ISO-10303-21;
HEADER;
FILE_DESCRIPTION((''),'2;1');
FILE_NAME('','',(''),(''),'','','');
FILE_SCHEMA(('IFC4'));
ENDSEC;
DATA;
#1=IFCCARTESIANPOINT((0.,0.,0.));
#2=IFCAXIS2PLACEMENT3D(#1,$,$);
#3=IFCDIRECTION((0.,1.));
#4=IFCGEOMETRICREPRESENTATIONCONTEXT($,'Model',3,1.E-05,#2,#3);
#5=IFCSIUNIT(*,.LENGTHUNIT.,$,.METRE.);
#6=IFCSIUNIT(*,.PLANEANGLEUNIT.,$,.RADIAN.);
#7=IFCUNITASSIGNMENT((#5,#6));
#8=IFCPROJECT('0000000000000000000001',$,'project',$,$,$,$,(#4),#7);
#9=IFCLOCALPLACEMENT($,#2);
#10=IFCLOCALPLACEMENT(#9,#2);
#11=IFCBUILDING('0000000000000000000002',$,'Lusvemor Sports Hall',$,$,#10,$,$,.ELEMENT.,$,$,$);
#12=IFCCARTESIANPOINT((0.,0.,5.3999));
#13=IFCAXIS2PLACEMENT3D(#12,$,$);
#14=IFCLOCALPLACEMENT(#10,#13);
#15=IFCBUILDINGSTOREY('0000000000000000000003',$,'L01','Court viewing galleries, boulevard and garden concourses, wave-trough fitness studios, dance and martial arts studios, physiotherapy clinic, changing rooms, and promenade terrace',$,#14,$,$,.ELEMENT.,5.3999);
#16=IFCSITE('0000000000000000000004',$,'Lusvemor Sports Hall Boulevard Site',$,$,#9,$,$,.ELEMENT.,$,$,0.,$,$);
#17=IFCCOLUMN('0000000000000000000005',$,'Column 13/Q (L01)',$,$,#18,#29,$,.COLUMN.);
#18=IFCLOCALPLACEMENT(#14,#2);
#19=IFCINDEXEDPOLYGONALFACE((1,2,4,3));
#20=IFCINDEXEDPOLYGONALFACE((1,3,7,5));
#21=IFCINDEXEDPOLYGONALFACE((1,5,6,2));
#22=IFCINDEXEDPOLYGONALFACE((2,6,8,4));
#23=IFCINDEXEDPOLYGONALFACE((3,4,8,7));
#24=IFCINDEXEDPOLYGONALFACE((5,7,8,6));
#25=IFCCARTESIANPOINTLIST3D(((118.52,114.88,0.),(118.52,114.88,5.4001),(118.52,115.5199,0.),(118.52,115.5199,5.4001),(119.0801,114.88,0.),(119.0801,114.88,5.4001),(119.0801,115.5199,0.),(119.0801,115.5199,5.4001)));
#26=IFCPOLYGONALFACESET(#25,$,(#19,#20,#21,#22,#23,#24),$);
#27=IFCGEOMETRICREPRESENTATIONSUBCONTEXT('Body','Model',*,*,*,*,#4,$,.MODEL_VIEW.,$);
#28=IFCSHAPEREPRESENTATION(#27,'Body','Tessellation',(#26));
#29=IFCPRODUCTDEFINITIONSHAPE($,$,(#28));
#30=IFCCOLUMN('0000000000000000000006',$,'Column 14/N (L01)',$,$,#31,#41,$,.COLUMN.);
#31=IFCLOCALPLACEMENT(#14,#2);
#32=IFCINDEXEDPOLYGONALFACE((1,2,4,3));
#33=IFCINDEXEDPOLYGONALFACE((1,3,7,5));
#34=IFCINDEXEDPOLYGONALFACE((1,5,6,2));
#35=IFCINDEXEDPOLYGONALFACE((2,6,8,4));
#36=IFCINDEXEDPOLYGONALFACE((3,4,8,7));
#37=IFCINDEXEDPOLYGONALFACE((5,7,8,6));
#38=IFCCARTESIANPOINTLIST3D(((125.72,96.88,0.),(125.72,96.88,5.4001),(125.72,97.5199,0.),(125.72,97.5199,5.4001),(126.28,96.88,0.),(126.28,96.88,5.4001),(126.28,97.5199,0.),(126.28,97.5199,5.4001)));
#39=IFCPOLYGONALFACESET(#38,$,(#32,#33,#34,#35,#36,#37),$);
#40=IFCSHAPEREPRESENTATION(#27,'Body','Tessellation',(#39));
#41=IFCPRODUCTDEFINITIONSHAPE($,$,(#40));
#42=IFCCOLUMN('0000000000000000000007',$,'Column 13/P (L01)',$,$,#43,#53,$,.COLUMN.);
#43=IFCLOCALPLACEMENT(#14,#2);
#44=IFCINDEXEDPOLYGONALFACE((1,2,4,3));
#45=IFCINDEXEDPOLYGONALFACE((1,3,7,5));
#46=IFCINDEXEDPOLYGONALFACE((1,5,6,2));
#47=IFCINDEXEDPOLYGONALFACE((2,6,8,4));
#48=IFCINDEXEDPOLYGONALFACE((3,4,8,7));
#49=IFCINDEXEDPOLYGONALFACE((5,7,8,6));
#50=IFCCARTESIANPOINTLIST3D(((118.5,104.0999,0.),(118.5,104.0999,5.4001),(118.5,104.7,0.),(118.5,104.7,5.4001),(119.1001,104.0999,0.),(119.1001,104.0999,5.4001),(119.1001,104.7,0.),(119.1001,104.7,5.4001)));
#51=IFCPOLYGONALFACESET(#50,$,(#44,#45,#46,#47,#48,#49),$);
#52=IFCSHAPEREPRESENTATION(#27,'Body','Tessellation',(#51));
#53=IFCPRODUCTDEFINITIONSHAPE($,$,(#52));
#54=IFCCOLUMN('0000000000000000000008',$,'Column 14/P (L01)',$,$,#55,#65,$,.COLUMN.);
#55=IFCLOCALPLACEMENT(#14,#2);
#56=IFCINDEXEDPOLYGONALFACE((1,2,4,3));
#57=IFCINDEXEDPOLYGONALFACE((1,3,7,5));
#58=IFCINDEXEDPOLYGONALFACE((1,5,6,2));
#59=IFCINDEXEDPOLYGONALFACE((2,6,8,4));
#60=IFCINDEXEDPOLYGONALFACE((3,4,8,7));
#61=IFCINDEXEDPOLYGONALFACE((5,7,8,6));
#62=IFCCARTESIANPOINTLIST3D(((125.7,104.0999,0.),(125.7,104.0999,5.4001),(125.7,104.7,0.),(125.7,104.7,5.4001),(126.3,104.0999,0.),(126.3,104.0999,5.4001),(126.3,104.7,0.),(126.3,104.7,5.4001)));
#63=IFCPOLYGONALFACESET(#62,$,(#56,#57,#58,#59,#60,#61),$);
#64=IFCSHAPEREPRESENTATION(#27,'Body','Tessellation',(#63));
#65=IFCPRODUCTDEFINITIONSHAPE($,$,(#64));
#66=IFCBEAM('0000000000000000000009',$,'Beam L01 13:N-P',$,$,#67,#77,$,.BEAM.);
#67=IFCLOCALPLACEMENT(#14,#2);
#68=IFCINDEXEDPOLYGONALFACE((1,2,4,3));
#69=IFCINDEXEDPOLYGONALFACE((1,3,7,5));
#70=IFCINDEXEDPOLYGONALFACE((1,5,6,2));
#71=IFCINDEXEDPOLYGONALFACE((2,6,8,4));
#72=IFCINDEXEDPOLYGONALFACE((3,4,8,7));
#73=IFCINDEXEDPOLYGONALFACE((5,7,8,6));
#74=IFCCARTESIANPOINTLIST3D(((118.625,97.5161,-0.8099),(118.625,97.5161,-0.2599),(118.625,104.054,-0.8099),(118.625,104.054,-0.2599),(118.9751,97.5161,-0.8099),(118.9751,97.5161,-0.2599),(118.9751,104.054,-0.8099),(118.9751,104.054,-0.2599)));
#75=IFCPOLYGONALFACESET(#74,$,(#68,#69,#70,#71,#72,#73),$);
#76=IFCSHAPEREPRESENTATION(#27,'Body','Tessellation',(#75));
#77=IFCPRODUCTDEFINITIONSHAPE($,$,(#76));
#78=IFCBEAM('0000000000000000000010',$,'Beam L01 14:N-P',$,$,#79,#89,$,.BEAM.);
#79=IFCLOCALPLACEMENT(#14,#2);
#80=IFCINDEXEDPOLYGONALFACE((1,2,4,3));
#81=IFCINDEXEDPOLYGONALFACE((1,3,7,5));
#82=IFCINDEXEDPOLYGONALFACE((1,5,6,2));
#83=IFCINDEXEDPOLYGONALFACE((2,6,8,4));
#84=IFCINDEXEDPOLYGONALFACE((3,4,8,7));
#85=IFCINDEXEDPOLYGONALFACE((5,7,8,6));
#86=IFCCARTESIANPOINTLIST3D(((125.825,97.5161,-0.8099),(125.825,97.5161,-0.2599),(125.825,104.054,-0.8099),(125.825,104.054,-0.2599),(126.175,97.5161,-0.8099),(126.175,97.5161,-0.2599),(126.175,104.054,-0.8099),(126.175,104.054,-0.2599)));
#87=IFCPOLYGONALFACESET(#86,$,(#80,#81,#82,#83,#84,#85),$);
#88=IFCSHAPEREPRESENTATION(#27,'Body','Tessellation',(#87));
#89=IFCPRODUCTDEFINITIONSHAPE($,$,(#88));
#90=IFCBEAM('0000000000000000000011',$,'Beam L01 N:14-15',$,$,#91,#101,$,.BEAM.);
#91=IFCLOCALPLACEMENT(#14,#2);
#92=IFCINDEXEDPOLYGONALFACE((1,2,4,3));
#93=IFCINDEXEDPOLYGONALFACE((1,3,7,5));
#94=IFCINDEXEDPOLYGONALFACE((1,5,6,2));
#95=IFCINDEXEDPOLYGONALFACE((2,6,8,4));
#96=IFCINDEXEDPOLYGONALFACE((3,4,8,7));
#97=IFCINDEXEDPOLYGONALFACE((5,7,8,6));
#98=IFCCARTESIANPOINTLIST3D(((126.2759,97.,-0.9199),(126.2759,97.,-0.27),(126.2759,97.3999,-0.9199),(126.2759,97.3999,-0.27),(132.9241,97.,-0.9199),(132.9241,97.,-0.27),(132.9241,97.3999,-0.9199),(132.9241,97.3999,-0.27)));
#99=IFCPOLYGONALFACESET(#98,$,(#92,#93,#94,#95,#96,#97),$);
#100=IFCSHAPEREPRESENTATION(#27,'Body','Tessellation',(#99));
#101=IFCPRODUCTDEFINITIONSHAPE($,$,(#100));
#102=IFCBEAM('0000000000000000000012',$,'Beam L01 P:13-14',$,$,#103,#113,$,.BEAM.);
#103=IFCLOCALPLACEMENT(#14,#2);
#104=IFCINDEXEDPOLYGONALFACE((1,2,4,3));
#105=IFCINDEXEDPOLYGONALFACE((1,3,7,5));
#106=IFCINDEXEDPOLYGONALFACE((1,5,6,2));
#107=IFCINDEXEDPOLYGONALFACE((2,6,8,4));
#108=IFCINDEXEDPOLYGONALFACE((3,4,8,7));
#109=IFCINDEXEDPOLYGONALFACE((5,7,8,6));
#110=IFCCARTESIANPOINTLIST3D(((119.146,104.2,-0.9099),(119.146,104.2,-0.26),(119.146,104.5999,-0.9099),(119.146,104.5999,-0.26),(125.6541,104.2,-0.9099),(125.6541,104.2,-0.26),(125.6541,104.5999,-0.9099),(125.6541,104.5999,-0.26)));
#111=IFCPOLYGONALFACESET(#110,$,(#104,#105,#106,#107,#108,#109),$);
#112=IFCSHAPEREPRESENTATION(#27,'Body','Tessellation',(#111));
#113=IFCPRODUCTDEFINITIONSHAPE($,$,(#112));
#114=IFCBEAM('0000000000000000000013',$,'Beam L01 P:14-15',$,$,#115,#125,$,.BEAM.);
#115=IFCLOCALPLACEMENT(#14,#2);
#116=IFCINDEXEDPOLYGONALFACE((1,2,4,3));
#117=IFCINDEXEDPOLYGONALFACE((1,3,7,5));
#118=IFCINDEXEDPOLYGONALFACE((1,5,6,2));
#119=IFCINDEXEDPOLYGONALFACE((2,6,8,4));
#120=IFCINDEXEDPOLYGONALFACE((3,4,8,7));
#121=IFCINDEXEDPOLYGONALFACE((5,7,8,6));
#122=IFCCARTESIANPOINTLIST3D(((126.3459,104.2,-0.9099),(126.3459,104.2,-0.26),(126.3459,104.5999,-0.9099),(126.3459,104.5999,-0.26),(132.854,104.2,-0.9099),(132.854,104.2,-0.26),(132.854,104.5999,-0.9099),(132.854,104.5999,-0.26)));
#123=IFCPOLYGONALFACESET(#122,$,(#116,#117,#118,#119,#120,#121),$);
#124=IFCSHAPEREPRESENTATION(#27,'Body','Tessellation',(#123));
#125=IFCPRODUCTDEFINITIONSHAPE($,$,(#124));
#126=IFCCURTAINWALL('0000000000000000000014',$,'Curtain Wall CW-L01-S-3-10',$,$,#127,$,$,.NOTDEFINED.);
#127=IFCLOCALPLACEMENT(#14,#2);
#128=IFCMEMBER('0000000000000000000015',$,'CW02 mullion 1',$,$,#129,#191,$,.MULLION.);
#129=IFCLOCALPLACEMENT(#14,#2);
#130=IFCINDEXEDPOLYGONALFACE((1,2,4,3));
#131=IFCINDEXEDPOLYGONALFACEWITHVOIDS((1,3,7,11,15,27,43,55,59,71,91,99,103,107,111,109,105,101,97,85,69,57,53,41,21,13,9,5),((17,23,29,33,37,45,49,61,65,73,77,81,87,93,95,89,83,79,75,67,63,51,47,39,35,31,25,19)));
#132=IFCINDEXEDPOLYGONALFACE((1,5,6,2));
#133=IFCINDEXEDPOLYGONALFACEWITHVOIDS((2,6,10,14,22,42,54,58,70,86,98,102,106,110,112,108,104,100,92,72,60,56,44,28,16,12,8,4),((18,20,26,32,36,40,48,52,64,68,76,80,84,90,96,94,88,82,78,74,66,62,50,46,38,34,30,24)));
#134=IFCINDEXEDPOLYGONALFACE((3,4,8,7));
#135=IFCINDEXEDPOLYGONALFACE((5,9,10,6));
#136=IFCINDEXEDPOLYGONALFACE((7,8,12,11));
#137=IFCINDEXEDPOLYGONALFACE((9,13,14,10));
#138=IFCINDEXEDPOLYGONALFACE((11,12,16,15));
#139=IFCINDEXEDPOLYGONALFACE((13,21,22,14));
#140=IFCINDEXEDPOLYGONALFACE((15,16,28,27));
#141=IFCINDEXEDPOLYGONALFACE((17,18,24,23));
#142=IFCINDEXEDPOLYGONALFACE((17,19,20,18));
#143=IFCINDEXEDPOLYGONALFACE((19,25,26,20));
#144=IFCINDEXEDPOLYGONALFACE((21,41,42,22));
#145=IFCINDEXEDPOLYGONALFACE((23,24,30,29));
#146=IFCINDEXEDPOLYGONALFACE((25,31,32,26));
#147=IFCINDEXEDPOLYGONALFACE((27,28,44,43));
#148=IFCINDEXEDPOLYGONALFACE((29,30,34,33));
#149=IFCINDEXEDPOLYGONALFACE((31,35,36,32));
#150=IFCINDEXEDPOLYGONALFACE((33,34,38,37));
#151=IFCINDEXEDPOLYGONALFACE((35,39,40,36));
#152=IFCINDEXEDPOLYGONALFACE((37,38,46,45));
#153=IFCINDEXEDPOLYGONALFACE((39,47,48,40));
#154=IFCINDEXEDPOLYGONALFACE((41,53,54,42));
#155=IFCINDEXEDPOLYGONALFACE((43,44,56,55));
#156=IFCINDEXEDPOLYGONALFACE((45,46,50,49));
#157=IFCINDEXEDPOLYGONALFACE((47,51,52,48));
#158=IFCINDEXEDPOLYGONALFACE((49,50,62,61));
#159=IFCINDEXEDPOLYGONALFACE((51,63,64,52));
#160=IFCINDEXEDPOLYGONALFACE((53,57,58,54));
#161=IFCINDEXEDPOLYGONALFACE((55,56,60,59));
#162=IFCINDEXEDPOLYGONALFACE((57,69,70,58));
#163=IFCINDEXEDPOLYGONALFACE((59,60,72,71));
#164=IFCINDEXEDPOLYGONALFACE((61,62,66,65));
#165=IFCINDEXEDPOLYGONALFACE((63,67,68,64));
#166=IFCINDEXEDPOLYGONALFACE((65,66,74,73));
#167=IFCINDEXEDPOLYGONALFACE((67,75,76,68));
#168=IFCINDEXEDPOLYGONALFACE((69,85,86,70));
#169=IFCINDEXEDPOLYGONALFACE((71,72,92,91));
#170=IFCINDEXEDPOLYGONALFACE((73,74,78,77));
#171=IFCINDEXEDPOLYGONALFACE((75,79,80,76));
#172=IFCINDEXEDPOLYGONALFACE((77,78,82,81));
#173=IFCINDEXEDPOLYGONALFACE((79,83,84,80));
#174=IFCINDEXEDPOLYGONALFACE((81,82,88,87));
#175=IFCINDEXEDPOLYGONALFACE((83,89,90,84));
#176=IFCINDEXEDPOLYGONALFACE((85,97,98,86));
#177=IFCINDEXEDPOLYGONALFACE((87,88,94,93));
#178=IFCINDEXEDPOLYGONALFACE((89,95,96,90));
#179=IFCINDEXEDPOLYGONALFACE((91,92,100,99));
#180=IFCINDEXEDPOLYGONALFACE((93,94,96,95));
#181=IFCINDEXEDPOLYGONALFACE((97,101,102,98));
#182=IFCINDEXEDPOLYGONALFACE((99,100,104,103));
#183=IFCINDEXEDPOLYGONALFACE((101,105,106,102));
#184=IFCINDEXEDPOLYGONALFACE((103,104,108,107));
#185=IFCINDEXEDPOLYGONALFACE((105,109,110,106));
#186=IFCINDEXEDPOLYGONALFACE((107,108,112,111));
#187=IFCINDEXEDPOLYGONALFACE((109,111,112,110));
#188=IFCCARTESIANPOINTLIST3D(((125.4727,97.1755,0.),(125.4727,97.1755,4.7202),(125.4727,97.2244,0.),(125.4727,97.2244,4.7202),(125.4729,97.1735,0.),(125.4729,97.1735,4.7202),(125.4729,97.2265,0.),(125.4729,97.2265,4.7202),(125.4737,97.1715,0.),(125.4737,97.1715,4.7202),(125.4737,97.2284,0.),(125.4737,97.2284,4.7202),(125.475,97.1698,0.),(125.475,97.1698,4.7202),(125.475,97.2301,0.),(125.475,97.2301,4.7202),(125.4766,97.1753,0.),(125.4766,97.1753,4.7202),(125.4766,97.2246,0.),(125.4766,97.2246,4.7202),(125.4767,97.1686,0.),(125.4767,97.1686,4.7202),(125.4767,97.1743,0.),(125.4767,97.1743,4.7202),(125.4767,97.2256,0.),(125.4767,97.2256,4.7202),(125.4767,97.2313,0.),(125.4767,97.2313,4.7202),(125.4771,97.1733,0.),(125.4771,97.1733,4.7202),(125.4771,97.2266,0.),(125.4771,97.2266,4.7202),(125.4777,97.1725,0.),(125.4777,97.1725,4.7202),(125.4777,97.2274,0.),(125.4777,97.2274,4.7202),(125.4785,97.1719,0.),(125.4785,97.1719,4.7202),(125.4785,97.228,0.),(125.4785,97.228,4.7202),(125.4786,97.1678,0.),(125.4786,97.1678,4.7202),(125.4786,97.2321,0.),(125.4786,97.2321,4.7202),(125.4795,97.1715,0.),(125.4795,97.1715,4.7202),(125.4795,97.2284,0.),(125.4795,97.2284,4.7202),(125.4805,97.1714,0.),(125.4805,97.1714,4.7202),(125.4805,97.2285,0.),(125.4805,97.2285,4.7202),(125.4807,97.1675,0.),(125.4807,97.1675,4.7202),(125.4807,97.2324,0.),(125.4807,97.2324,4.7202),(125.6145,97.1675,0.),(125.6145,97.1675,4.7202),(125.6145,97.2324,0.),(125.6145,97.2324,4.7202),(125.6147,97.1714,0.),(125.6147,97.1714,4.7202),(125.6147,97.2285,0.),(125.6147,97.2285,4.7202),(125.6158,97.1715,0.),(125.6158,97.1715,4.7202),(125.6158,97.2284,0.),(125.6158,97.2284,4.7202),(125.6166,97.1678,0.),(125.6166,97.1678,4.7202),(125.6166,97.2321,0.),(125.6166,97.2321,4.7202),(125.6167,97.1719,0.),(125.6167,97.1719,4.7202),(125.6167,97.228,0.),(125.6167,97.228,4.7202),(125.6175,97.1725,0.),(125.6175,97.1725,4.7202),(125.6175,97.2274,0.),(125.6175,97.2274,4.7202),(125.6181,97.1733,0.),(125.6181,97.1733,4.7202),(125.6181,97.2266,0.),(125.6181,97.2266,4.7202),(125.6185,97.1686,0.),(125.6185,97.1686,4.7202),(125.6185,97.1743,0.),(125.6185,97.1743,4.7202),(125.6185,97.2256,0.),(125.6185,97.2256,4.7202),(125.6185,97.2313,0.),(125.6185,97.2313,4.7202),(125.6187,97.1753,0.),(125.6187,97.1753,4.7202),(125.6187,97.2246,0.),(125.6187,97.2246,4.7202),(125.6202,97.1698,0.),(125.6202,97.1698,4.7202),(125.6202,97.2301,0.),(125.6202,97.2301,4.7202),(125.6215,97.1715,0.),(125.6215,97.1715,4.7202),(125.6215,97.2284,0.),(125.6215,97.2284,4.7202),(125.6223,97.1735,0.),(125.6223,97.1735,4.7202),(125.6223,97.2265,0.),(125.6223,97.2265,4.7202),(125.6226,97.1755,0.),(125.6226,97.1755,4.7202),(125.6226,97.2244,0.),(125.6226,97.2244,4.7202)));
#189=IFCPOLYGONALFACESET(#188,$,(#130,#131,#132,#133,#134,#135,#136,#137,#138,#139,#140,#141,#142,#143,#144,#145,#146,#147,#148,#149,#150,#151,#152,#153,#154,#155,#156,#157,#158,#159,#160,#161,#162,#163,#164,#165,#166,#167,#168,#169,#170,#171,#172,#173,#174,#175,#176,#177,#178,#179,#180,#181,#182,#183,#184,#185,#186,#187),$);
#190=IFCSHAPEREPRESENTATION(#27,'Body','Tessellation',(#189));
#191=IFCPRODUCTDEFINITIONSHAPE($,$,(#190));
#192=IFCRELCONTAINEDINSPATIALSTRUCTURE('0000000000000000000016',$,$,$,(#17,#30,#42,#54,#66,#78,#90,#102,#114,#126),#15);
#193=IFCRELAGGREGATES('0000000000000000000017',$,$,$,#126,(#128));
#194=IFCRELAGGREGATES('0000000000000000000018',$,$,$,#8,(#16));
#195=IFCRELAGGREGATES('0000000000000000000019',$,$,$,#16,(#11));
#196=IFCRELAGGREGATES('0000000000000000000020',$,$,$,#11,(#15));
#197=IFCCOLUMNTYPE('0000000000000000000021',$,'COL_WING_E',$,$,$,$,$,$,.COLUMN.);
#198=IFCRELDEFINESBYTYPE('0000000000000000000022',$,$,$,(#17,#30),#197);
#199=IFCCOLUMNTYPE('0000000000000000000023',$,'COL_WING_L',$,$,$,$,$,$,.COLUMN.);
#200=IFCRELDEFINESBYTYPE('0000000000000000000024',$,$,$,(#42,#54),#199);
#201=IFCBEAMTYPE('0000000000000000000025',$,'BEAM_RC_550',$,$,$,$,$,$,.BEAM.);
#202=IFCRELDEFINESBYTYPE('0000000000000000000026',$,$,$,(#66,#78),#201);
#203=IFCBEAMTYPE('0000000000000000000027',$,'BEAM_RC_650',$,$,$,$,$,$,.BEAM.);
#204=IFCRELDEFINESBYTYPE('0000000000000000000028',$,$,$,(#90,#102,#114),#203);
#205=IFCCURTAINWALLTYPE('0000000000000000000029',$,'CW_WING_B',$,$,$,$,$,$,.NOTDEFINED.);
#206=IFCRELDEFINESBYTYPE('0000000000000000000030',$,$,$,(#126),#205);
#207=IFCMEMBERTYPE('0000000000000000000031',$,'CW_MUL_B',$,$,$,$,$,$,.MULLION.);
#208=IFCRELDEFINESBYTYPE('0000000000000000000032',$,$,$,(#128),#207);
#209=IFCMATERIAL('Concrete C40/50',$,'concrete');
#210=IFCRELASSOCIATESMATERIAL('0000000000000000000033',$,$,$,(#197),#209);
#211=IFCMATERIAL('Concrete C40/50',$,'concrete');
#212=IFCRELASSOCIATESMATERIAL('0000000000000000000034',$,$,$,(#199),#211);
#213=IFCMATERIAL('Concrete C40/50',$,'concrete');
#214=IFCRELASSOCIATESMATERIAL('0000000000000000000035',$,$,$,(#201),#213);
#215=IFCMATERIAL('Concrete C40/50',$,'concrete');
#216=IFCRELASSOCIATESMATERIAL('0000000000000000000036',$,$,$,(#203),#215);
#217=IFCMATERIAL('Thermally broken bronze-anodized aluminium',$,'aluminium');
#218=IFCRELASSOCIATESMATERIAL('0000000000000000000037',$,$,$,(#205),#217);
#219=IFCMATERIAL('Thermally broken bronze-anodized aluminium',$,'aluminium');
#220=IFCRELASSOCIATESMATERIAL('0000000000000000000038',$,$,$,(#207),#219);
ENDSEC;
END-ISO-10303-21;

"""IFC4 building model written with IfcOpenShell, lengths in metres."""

from ifc_helpers import new_model, si_unit, direction, frame, origin, origin_2d, place, context, subcontext, project, spatial, rectangle, hollow_rectangle, extrude, material, material_profile, profile_set, type_object, element, aggregate, save


model = new_model("IFC4")

# Units and contexts
model_context = context("Model", 3, precision=1e-05, world=origin(), true_north=direction((0.0, 1.0)))
body_context = subcontext(model_context, "Body", "Model", "MODEL_VIEW")
ifc_project = project(units=[si_unit("LENGTHUNIT", "METRE"), si_unit("PLANEANGLEUNIT", "RADIAN")], contexts=[model_context])

# Site, building, storey
site_placement = place(None, origin())
site = spatial("IfcSite", under=ifc_project, at=site_placement, Name="Lusvemor Sports Hall Boulevard Site", CompositionType="ELEMENT", RefElevation=0.0)
building_placement = place(site_placement, origin())
building = spatial("IfcBuilding", under=site, at=building_placement, Name="Lusvemor Sports Hall", CompositionType="ELEMENT")
storey_placement = place(building_placement, frame((0.0, 0.0, 5.3999)))
storey = spatial("IfcBuildingStorey", under=building, at=storey_placement, Name="L01", Description="Court viewing galleries, boulevard and garden concourses, wave-trough fitness studios, dance and martial arts studios, physiotherapy clinic, changing rooms, and promenade terrace", CompositionType="ELEMENT", Elevation=5.3999)

# Columns
ifc_material_1 = material(Name="Concrete C40/50", Category="concrete")
ifc_material_profile_1 = material_profile(ifc_material_1, rectangle(XDim=0.5601, YDim=0.6399, at=origin_2d()), Name="RC560x640")
ifc_profile_set_1 = profile_set([ifc_material_profile_1], Name="Concrete C40/50")
column_type_1 = type_object("IfcColumnType", Name="COL_WING_E", PredefinedType="COLUMN", material=ifc_profile_set_1)
for number, where, z_axis, x_axis, name in (
    (1, (118.8, 115.2, 0.0), (0.0, 0.0, 1.0), (1.0, 0.0, 0.0), "Column 13/Q (L01)"),
    (2, (126.0, 97.2, 0.0), (0.0, 0.0, 1.0), (1.0, 0.0, 0.0), "Column 14/N (L01)"),
):
    element("IfcColumn", number, at=place(storey_placement, frame(where, z_axis=z_axis, x_axis=x_axis)), inside=storey, type_object=column_type_1, Name=name, PredefinedType="COLUMN", context=body_context, shape_type="SweptSolid", body=[
        extrude(rectangle(XDim=0.5601, YDim=0.6399, at=origin_2d()), origin(), (0.0, 0.0, 1.0), 5.4001),
    ])
ifc_material_2 = material(Name="Concrete C40/50", Category="concrete")
ifc_material_profile_2 = material_profile(ifc_material_2, rectangle(XDim=0.6001, YDim=0.6001, at=origin_2d()), Name="RC600x600")
ifc_profile_set_2 = profile_set([ifc_material_profile_2], Name="Concrete C40/50")
column_type_2 = type_object("IfcColumnType", Name="COL_WING_L", PredefinedType="COLUMN", material=ifc_profile_set_2)
for number, where, z_axis, x_axis, name in (
    (3, (118.8, 104.3999, 0.0), (0.0, 0.0, 1.0), (1.0, 0.0, 0.0), "Column 13/P (L01)"),
    (4, (126.0, 104.3999, 0.0), (0.0, 0.0, 1.0), (1.0, 0.0, 0.0), "Column 14/P (L01)"),
):
    element("IfcColumn", number, at=place(storey_placement, frame(where, z_axis=z_axis, x_axis=x_axis)), inside=storey, type_object=column_type_2, Name=name, PredefinedType="COLUMN", context=body_context, shape_type="SweptSolid", body=[
        extrude(rectangle(XDim=0.6001, YDim=0.6001, at=origin_2d()), origin(), (0.0, 0.0, 1.0), 5.4001),
    ])

# Beams
ifc_material_3 = material(Name="Concrete C40/50", Category="concrete")
ifc_material_profile_3 = material_profile(ifc_material_3, rectangle(XDim=0.3501, YDim=0.55, at=origin_2d()), Name="RC350x550")
ifc_profile_set_3 = profile_set([ifc_material_profile_3], Name="Concrete C40/50")
beam_type_1 = type_object("IfcBeamType", Name="BEAM_RC_550", PredefinedType="BEAM", material=ifc_profile_set_3)
for number, where, z_axis, x_axis, name in (
    (5, (118.8, 97.5161, -0.5349), (0.0, 1.0, 0.0), (-1.0, 0.0, 0.0), "Beam L01 13:N-P"),
    (6, (126.0, 97.5161, -0.5349), (0.0, 1.0, 0.0), (-1.0, 0.0, 0.0), "Beam L01 14:N-P"),
):
    element("IfcBeam", number, at=place(storey_placement, frame(where, z_axis=z_axis, x_axis=x_axis)), inside=storey, type_object=beam_type_1, Name=name, PredefinedType="BEAM", context=body_context, shape_type="SweptSolid", body=[
        extrude(rectangle(XDim=0.3501, YDim=0.55, at=origin_2d()), origin(), (0.0, 0.0, 1.0), 6.5378),
    ])
ifc_material_4 = material(Name="Concrete C40/50", Category="concrete")
ifc_material_profile_4 = material_profile(ifc_material_4, rectangle(XDim=0.3999, YDim=0.6499, at=origin_2d()), Name="RC400x650")
ifc_profile_set_4 = profile_set([ifc_material_profile_4], Name="Concrete C40/50")
beam_type_2 = type_object("IfcBeamType", Name="BEAM_RC_650", PredefinedType="BEAM", material=ifc_profile_set_4)
beam_1_placement = place(storey_placement, frame((126.2759, 97.2, -0.595), z_axis=(1.0, 0.0, 0.0), x_axis=(0.0, 1.0, 0.0)))
element("IfcBeam", 7, at=beam_1_placement, inside=storey, type_object=beam_type_2, Name="Beam L01 N:14-15", PredefinedType="BEAM", context=body_context, shape_type="SweptSolid", body=[
    extrude(rectangle(XDim=0.3999, YDim=0.6499, at=origin_2d()), origin(), (0.0, 0.0, 1.0), 6.6482),
])
for number, where, z_axis, x_axis, name in (
    (8, (119.146, 104.3999, -0.585), (1.0, 0.0, 0.0), (0.0, 1.0, 0.0), "Beam L01 P:13-14"),
    (9, (126.3459, 104.3999, -0.585), (1.0, 0.0, 0.0), (0.0, 1.0, 0.0), "Beam L01 P:14-15"),
):
    element("IfcBeam", number, at=place(storey_placement, frame(where, z_axis=z_axis, x_axis=x_axis)), inside=storey, type_object=beam_type_2, Name=name, PredefinedType="BEAM", context=body_context, shape_type="SweptSolid", body=[
        extrude(rectangle(XDim=0.3999, YDim=0.6499, at=origin_2d()), origin(), (0.0, 0.0, 1.0), 6.5081),
    ])

# Curtain wall, member
ifc_material_5 = material(Name="Thermally broken bronze-anodized aluminium", Category="aluminium")
curtain_wall_type = type_object("IfcCurtainWallType", Name="CW_WING_B", PredefinedType="NOTDEFINED", material=ifc_material_5)
curtain_wall_placement = place(storey_placement, origin())
curtain_wall = element("IfcCurtainWall", 10, at=curtain_wall_placement, inside=storey, type_object=curtain_wall_type, Name="Curtain Wall CW-L01-S-3-10", PredefinedType="NOTDEFINED")
ifc_material_6 = material(Name="Thermally broken bronze-anodized aluminium", Category="aluminium")
ifc_material_profile_5 = material_profile(ifc_material_6, hollow_rectangle(XDim=0.0649, YDim=0.1499, WallThickness=0.0039, InnerFilletRadius=0.0039, OuterFilletRadius=0.0081, at=origin_2d()), Name="CWMUL150x65x4")
ifc_profile_set_5 = profile_set([ifc_material_profile_5], Name="Thermally broken bronze-anodized aluminium")
member_type_1 = type_object("IfcMemberType", Name="CW_MUL_B", PredefinedType="MULLION", material=ifc_profile_set_5)
member_1_placement = place(storey_placement, frame((125.5476, 97.2, 0.0), z_axis=(0.0, 0.0, 1.0), x_axis=(0.0, -1.0, 0.0)))
member_1 = element("IfcMember", 11, at=member_1_placement, type_object=member_type_1, Name="CW02 mullion 1", PredefinedType="MULLION", context=body_context, shape_type="SweptSolid", body=[
    extrude(hollow_rectangle(XDim=0.0649, YDim=0.1499, WallThickness=0.0039, InnerFilletRadius=0.0039, OuterFilletRadius=0.0081, at=origin_2d()), origin(), (0.0, 0.0, 1.0), 4.7202),
])

aggregate(curtain_wall, [member_1])

save(model, "model.ifc")
